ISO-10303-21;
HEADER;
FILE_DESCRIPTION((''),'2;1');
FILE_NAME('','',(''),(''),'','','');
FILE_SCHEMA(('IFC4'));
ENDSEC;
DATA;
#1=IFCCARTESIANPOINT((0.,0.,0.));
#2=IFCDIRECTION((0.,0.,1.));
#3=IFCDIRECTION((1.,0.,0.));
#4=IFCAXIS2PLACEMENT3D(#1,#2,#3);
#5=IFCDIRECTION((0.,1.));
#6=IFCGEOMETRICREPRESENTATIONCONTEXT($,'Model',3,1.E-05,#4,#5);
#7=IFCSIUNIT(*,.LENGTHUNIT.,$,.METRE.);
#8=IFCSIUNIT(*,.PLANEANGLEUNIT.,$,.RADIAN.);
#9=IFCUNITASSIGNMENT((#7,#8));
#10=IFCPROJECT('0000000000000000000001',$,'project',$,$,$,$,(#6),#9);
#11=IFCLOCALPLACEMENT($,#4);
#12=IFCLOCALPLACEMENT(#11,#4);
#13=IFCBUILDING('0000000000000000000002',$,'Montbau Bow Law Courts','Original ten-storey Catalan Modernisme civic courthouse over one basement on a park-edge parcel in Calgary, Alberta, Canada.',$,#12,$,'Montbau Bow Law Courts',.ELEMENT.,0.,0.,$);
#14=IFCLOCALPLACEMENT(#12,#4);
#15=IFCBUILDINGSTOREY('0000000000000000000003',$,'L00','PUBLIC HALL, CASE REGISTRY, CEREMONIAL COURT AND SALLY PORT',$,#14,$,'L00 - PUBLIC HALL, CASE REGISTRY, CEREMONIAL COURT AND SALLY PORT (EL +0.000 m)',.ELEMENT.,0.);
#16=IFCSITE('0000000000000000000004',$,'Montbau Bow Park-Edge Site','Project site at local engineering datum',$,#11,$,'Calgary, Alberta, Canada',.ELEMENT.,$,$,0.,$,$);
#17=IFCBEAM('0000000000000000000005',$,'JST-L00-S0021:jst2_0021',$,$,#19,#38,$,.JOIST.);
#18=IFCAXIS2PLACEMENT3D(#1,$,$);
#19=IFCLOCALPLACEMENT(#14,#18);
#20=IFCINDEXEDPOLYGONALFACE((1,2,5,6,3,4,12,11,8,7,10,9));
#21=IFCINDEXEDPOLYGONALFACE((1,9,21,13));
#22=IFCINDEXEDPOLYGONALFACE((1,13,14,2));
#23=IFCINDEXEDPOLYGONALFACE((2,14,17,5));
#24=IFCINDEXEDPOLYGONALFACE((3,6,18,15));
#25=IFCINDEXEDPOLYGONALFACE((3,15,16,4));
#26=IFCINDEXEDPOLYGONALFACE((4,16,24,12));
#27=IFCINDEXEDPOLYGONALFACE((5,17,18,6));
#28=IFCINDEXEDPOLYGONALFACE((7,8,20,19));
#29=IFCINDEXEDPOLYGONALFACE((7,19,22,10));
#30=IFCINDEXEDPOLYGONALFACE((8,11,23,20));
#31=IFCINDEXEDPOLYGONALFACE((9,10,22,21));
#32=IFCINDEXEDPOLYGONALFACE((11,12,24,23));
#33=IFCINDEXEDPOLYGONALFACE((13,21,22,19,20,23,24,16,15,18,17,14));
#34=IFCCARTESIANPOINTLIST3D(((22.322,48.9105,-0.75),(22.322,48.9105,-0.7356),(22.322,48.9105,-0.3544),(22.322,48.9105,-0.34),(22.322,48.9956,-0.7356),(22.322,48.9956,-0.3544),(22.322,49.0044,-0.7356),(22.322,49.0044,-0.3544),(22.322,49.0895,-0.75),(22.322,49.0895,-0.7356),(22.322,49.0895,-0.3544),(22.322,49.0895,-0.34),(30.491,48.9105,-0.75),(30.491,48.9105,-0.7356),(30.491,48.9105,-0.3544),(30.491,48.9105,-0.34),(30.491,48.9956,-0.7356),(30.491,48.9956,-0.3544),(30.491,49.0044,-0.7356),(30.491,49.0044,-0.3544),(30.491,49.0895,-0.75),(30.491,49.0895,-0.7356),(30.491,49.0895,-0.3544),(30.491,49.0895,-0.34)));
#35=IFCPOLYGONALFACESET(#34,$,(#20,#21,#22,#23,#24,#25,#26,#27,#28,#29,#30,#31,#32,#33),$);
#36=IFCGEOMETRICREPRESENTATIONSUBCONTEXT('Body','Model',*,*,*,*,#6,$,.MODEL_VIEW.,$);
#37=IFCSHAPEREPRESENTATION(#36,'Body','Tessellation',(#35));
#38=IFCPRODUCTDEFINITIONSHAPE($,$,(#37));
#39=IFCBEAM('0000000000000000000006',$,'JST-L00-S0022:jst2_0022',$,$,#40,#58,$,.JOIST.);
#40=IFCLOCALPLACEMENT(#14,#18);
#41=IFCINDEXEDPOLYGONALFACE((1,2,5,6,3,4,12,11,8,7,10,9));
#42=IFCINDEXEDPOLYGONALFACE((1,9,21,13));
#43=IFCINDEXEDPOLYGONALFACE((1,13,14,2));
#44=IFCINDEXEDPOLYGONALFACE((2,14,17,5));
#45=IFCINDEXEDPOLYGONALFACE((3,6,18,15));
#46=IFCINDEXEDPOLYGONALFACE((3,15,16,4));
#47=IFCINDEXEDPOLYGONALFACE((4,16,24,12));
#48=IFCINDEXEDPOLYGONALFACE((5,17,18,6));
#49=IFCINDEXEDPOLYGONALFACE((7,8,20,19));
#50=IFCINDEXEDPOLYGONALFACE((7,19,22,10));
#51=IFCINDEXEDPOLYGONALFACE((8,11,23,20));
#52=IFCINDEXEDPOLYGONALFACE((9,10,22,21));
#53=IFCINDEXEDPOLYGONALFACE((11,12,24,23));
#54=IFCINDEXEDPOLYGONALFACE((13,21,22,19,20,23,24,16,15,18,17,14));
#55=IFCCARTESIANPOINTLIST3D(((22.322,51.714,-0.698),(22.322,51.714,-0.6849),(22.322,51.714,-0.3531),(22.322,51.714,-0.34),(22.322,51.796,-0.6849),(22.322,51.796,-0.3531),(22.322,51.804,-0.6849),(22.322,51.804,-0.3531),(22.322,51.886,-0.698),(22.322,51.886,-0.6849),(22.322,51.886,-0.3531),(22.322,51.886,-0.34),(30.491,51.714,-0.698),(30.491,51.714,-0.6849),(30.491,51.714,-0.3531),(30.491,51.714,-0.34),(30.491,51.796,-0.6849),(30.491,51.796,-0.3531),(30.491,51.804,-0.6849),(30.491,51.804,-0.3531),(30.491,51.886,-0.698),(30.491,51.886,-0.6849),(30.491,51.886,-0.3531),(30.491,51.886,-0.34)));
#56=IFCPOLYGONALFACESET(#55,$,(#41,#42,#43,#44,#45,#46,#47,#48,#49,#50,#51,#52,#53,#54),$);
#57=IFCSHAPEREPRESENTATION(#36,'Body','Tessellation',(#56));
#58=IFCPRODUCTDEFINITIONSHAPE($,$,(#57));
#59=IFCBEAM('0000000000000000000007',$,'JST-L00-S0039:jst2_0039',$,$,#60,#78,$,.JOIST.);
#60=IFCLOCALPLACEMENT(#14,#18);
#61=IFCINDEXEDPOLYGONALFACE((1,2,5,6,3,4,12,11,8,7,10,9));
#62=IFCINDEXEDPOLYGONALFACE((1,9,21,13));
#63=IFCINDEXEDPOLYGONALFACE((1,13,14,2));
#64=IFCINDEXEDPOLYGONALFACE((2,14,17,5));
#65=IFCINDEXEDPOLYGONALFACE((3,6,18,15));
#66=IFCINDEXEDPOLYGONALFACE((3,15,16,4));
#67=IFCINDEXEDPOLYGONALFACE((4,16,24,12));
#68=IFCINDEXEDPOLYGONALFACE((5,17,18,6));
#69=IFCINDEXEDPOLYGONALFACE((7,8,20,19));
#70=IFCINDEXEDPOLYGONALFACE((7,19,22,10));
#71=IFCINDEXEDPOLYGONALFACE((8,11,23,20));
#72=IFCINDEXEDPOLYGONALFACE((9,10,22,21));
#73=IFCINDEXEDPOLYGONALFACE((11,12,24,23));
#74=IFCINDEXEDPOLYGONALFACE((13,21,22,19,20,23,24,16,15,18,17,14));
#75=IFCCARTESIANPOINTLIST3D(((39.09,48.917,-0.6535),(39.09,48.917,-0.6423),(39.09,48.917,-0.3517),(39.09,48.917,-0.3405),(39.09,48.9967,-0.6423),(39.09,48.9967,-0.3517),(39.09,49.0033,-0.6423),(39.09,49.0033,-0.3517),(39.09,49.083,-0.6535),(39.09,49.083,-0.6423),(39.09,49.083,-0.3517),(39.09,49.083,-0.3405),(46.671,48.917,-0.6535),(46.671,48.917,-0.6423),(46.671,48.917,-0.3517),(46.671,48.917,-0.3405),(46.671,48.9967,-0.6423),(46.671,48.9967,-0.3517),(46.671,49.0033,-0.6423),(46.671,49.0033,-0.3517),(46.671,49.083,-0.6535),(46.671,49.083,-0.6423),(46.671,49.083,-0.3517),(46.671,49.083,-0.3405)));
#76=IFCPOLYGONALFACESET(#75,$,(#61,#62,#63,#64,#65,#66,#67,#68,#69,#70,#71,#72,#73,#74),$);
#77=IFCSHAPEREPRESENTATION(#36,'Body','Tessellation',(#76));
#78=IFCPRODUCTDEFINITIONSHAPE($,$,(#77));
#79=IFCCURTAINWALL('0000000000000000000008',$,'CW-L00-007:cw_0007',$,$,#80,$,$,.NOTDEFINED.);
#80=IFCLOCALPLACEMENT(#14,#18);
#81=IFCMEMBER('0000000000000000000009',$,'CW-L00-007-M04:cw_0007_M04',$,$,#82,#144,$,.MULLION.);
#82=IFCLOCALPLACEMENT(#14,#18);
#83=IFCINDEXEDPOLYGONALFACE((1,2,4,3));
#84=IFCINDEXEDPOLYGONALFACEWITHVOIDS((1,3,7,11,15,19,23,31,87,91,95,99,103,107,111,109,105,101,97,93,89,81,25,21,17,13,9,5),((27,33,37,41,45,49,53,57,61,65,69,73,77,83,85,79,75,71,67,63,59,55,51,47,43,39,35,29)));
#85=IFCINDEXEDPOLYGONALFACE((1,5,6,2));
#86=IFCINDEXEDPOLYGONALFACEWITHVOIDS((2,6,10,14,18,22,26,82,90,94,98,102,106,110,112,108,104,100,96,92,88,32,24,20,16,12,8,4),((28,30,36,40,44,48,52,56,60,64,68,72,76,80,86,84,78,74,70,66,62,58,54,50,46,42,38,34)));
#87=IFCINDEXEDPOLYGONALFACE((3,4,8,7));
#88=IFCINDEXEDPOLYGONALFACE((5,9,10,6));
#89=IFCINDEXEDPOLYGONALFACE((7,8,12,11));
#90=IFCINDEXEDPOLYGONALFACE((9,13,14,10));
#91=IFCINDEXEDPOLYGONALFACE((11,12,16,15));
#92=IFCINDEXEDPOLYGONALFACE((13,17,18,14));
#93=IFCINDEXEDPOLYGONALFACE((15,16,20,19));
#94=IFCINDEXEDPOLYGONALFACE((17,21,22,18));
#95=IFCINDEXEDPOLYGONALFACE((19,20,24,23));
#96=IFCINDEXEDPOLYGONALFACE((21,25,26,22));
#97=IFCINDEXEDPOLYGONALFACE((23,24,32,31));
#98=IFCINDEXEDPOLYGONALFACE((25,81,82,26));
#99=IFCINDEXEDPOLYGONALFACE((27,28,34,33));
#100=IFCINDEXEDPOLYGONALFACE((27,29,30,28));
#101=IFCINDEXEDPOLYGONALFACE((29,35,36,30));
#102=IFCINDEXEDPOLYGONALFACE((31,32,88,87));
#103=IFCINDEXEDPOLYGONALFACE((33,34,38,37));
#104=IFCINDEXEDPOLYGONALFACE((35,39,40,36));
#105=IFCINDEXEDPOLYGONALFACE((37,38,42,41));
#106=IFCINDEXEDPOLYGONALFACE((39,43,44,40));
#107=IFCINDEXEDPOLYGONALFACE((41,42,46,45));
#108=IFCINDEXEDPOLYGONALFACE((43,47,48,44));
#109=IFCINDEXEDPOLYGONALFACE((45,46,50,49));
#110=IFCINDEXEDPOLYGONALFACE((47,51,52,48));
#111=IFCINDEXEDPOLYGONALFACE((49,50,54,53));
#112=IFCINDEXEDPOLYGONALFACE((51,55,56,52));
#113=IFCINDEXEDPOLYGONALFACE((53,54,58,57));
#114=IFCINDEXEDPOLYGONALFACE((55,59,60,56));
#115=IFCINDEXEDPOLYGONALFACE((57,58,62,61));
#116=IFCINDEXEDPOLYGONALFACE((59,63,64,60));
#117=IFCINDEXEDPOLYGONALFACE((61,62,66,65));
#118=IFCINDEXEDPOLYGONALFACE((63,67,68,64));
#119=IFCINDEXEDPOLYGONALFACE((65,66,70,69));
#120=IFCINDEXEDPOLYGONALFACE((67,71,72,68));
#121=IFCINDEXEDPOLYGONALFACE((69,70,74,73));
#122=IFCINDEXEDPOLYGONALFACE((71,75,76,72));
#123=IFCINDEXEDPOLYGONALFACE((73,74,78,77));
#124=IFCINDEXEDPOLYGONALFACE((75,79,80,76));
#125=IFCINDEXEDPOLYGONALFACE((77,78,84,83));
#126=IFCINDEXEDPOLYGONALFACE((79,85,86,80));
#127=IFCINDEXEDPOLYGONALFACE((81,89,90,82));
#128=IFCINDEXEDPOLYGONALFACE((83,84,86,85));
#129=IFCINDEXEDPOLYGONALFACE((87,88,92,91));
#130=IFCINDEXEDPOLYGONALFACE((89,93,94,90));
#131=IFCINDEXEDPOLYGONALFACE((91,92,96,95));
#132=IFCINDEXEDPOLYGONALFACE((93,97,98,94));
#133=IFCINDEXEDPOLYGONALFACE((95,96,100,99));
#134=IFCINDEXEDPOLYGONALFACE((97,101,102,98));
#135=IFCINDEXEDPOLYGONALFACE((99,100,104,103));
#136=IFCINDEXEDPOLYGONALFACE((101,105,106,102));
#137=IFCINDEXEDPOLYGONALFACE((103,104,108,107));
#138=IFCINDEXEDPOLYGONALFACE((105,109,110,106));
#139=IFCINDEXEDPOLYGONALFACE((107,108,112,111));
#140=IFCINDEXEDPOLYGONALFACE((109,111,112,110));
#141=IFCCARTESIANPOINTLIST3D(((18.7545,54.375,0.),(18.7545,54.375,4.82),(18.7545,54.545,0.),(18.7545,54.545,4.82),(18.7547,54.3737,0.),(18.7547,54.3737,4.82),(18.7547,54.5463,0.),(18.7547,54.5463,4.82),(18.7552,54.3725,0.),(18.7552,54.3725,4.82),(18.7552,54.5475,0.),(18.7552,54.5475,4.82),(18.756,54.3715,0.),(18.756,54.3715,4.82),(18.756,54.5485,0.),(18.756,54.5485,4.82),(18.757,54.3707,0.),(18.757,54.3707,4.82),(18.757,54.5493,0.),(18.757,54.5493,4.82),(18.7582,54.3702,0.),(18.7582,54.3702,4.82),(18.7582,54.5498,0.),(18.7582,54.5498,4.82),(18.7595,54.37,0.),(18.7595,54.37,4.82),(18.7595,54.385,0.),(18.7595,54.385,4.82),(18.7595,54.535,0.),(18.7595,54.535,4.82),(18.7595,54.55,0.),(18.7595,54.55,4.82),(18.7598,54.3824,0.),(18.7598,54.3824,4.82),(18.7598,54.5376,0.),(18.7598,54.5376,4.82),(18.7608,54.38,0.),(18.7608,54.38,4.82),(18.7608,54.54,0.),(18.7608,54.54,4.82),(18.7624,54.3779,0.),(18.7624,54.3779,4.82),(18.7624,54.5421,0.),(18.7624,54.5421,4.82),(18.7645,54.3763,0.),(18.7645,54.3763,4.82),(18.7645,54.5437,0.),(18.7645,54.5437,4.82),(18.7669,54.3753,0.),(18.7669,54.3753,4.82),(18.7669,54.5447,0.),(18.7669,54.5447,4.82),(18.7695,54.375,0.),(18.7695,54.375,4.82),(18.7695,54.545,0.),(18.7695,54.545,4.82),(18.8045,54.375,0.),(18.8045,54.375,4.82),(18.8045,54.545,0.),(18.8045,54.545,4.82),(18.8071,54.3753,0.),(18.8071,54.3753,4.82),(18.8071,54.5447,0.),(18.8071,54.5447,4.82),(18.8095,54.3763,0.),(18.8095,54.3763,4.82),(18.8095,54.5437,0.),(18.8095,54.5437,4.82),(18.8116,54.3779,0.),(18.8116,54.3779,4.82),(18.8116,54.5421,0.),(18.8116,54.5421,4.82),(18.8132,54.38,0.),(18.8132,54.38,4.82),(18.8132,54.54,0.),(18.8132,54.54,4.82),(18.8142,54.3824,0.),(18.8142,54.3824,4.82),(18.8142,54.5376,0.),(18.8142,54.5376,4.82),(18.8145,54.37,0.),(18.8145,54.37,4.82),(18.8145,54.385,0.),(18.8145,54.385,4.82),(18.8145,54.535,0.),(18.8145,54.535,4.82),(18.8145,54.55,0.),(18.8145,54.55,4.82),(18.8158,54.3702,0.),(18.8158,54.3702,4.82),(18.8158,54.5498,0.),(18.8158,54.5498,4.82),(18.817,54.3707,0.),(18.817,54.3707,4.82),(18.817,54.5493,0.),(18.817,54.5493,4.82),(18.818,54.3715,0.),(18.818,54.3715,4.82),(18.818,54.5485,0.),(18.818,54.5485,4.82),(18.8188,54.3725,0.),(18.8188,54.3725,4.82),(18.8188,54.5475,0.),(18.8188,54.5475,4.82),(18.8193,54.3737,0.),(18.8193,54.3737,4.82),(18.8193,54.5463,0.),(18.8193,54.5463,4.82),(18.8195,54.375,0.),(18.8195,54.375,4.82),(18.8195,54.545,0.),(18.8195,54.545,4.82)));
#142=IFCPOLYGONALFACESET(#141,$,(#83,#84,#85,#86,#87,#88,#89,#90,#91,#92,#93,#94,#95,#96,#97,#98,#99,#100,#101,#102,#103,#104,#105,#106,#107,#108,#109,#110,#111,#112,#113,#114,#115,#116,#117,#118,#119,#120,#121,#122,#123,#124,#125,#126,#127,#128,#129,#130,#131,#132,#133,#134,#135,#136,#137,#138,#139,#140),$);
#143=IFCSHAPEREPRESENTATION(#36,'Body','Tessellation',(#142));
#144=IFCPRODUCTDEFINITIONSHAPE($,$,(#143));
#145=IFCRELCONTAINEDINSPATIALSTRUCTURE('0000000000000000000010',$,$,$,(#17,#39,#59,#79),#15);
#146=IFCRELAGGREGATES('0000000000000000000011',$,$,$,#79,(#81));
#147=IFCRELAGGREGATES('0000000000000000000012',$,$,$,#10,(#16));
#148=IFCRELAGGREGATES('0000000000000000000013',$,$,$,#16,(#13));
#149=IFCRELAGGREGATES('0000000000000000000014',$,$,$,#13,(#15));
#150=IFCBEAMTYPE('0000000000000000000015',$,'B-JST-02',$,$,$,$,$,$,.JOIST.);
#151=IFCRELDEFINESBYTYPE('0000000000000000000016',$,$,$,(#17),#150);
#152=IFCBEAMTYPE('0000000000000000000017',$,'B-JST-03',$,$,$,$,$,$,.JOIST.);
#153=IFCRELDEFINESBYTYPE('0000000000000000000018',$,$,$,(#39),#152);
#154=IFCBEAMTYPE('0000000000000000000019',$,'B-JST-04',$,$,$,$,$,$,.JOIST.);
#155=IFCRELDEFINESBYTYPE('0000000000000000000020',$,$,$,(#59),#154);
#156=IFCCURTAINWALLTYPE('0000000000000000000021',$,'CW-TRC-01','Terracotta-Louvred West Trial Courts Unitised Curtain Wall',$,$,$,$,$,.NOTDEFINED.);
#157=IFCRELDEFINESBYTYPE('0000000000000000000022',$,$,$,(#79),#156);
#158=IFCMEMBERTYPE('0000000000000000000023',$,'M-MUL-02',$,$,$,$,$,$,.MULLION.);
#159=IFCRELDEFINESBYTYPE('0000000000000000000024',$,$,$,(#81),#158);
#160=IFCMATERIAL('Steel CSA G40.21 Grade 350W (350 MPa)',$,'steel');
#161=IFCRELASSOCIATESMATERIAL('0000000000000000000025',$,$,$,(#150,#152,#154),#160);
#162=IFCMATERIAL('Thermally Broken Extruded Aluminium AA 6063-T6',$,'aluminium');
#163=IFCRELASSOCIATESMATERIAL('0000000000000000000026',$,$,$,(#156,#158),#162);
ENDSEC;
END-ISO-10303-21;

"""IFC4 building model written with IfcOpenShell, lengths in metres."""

from ifc_helpers import new_model, si_unit, direction, frame, origin_with_axes, origin_2d_with_axis, place, context, subcontext, project, spatial, hollow_rectangle, i_section, extrude, material, material_profile, profile_set, type_object, element, aggregate, save


model = new_model("IFC4")

# Units and contexts
model_context = context("Model", 3, precision=1e-05, world=origin_with_axes(), true_north=direction((0.0, 1.0)))
body_context = subcontext(model_context, "Body", "Model", "MODEL_VIEW")
ifc_project = project(units=[si_unit("LENGTHUNIT", "METRE"), si_unit("PLANEANGLEUNIT", "RADIAN")], contexts=[model_context])

# Site, building, storey
site_placement = place(None, origin_with_axes())
site = spatial("IfcSite", under=ifc_project, at=site_placement, Name="Montbau Bow Park-Edge Site", Description="Project site at local engineering datum", LongName="Calgary, Alberta, Canada", CompositionType="ELEMENT", RefElevation=0.0)
building_placement = place(site_placement, origin_with_axes())
building = spatial("IfcBuilding", under=site, at=building_placement, Name="Montbau Bow Law Courts", Description="Original ten-storey Catalan Modernisme civic courthouse over one basement on a park-edge parcel in Calgary, Alberta, Canada.", LongName="Montbau Bow Law Courts", CompositionType="ELEMENT", ElevationOfRefHeight=0.0, ElevationOfTerrain=0.0)
storey_placement = place(building_placement, origin_with_axes())
storey = spatial("IfcBuildingStorey", under=building, at=storey_placement, Name="L00", Description="PUBLIC HALL, CASE REGISTRY, CEREMONIAL COURT AND SALLY PORT", LongName="L00 - PUBLIC HALL, CASE REGISTRY, CEREMONIAL COURT AND SALLY PORT (EL +0.000 m)", CompositionType="ELEMENT", Elevation=0.0)

# Shared definitions
ifc_material_1 = material(Name="Steel CSA G40.21 Grade 350W (350 MPa)", Category="steel")

# Beams
ifc_material_profile_1 = material_profile(ifc_material_1, i_section(OverallWidth=0.179, OverallDepth=0.41, WebThickness=0.0088, FlangeThickness=0.0144, at=origin_2d_with_axis()), Name="W410X67", Category="Main", Priority=0)
ifc_profile_set_1 = profile_set([ifc_material_profile_1], Name="Steel CSA G40.21 Grade 350W (350 MPa)")
beam_type_1 = type_object("IfcBeamType", Name="B-JST-02", PredefinedType="JOIST", material=ifc_profile_set_1)
beam_1_placement = place(None, frame((22.322, 49.0, -0.545), z_axis=(1.0, 0.0, 0.0), x_axis=(0.0, 1.0, 0.0)))
element("IfcBeam", 1, at=beam_1_placement, inside=storey, type_object=beam_type_1, Name="JST-L00-S0021:jst2_0021", PredefinedType="JOIST", context=body_context, shape_type="SweptSolid", body=[
    extrude(i_section(OverallWidth=0.179, OverallDepth=0.41, WebThickness=0.0088, FlangeThickness=0.0144, at=origin_2d_with_axis()), origin_with_axes(), (0.0, 0.0, 1.0), 8.169),
])
ifc_material_profile_2 = material_profile(ifc_material_1, i_section(OverallWidth=0.172, OverallDepth=0.358, WebThickness=0.0079, FlangeThickness=0.0131, at=origin_2d_with_axis()), Name="W360X57", Category="Main", Priority=0)
ifc_profile_set_2 = profile_set([ifc_material_profile_2], Name="Steel CSA G40.21 Grade 350W (350 MPa)")
beam_type_2 = type_object("IfcBeamType", Name="B-JST-03", PredefinedType="JOIST", material=ifc_profile_set_2)
beam_2_placement = place(None, frame((22.322, 51.8, -0.519), z_axis=(1.0, 0.0, 0.0), x_axis=(0.0, 1.0, 0.0)))
element("IfcBeam", 2, at=beam_2_placement, inside=storey, type_object=beam_type_2, Name="JST-L00-S0022:jst2_0022", PredefinedType="JOIST", context=body_context, shape_type="SweptSolid", body=[
    extrude(i_section(OverallWidth=0.172, OverallDepth=0.358, WebThickness=0.0079, FlangeThickness=0.0131, at=origin_2d_with_axis()), origin_with_axes(), (0.0, 0.0, 1.0), 8.169),
])
ifc_material_profile_3 = material_profile(ifc_material_1, i_section(OverallWidth=0.166, OverallDepth=0.313, WebThickness=0.0066, FlangeThickness=0.0112, at=origin_2d_with_axis()), Name="W310X45", Category="Main", Priority=0)
ifc_profile_set_3 = profile_set([ifc_material_profile_3], Name="Steel CSA G40.21 Grade 350W (350 MPa)")
beam_type_3 = type_object("IfcBeamType", Name="B-JST-04", PredefinedType="JOIST", material=ifc_profile_set_3)
beam_3_placement = place(None, frame((39.09, 49.0, -0.497), z_axis=(1.0, 0.0, 0.0), x_axis=(0.0, 1.0, 0.0)))
element("IfcBeam", 3, at=beam_3_placement, inside=storey, type_object=beam_type_3, Name="JST-L00-S0039:jst2_0039", PredefinedType="JOIST", context=body_context, shape_type="SweptSolid", body=[
    extrude(i_section(OverallWidth=0.166, OverallDepth=0.313, WebThickness=0.0066, FlangeThickness=0.0112, at=origin_2d_with_axis()), origin_with_axes(), (0.0, 0.0, 1.0), 7.581),
])

# Curtain wall, member
ifc_material_2 = material(Name="Thermally Broken Extruded Aluminium AA 6063-T6", Category="aluminium")
curtain_wall_type = type_object("IfcCurtainWallType", Name="CW-TRC-01", Description="Terracotta-Louvred West Trial Courts Unitised Curtain Wall", PredefinedType="NOTDEFINED", material=ifc_material_2)
curtain_wall_placement = place(None, frame((14.068, 54.46, 0.0), z_axis=(0.0, 0.0, 1.0), x_axis=(1.0, 0.0, 0.0)))
curtain_wall = element("IfcCurtainWall", 4, at=curtain_wall_placement, inside=storey, type_object=curtain_wall_type, Name="CW-L00-007:cw_0007", PredefinedType="NOTDEFINED")
ifc_material_profile_4 = material_profile(ifc_material_2, hollow_rectangle(XDim=0.065, YDim=0.18, WallThickness=0.005, InnerFilletRadius=0.01, OuterFilletRadius=0.005, at=origin_2d_with_axis()), Name="CWM-180X65", Category="Main", Priority=0)
ifc_profile_set_4 = profile_set([ifc_material_profile_4], Name="Thermally Broken Extruded Aluminium AA 6063-T6")
member_type_1 = type_object("IfcMemberType", Name="M-MUL-02", PredefinedType="MULLION", material=ifc_profile_set_4)
member_1_placement = place(None, frame((18.787, 54.46, 0.0), z_axis=(0.0, 0.0, 1.0), x_axis=(1.0, 0.0, 0.0)))
member_1 = element("IfcMember", 5, at=member_1_placement, type_object=member_type_1, Name="CW-L00-007-M04:cw_0007_M04", PredefinedType="MULLION", context=body_context, shape_type="SweptSolid", body=[
    extrude(hollow_rectangle(XDim=0.065, YDim=0.18, WallThickness=0.005, InnerFilletRadius=0.01, OuterFilletRadius=0.005, at=origin_2d_with_axis()), origin_with_axes(), (0.0, 0.0, 1.0), 4.82),
])

aggregate(curtain_wall, [member_1])

save(model, "model.ifc")
